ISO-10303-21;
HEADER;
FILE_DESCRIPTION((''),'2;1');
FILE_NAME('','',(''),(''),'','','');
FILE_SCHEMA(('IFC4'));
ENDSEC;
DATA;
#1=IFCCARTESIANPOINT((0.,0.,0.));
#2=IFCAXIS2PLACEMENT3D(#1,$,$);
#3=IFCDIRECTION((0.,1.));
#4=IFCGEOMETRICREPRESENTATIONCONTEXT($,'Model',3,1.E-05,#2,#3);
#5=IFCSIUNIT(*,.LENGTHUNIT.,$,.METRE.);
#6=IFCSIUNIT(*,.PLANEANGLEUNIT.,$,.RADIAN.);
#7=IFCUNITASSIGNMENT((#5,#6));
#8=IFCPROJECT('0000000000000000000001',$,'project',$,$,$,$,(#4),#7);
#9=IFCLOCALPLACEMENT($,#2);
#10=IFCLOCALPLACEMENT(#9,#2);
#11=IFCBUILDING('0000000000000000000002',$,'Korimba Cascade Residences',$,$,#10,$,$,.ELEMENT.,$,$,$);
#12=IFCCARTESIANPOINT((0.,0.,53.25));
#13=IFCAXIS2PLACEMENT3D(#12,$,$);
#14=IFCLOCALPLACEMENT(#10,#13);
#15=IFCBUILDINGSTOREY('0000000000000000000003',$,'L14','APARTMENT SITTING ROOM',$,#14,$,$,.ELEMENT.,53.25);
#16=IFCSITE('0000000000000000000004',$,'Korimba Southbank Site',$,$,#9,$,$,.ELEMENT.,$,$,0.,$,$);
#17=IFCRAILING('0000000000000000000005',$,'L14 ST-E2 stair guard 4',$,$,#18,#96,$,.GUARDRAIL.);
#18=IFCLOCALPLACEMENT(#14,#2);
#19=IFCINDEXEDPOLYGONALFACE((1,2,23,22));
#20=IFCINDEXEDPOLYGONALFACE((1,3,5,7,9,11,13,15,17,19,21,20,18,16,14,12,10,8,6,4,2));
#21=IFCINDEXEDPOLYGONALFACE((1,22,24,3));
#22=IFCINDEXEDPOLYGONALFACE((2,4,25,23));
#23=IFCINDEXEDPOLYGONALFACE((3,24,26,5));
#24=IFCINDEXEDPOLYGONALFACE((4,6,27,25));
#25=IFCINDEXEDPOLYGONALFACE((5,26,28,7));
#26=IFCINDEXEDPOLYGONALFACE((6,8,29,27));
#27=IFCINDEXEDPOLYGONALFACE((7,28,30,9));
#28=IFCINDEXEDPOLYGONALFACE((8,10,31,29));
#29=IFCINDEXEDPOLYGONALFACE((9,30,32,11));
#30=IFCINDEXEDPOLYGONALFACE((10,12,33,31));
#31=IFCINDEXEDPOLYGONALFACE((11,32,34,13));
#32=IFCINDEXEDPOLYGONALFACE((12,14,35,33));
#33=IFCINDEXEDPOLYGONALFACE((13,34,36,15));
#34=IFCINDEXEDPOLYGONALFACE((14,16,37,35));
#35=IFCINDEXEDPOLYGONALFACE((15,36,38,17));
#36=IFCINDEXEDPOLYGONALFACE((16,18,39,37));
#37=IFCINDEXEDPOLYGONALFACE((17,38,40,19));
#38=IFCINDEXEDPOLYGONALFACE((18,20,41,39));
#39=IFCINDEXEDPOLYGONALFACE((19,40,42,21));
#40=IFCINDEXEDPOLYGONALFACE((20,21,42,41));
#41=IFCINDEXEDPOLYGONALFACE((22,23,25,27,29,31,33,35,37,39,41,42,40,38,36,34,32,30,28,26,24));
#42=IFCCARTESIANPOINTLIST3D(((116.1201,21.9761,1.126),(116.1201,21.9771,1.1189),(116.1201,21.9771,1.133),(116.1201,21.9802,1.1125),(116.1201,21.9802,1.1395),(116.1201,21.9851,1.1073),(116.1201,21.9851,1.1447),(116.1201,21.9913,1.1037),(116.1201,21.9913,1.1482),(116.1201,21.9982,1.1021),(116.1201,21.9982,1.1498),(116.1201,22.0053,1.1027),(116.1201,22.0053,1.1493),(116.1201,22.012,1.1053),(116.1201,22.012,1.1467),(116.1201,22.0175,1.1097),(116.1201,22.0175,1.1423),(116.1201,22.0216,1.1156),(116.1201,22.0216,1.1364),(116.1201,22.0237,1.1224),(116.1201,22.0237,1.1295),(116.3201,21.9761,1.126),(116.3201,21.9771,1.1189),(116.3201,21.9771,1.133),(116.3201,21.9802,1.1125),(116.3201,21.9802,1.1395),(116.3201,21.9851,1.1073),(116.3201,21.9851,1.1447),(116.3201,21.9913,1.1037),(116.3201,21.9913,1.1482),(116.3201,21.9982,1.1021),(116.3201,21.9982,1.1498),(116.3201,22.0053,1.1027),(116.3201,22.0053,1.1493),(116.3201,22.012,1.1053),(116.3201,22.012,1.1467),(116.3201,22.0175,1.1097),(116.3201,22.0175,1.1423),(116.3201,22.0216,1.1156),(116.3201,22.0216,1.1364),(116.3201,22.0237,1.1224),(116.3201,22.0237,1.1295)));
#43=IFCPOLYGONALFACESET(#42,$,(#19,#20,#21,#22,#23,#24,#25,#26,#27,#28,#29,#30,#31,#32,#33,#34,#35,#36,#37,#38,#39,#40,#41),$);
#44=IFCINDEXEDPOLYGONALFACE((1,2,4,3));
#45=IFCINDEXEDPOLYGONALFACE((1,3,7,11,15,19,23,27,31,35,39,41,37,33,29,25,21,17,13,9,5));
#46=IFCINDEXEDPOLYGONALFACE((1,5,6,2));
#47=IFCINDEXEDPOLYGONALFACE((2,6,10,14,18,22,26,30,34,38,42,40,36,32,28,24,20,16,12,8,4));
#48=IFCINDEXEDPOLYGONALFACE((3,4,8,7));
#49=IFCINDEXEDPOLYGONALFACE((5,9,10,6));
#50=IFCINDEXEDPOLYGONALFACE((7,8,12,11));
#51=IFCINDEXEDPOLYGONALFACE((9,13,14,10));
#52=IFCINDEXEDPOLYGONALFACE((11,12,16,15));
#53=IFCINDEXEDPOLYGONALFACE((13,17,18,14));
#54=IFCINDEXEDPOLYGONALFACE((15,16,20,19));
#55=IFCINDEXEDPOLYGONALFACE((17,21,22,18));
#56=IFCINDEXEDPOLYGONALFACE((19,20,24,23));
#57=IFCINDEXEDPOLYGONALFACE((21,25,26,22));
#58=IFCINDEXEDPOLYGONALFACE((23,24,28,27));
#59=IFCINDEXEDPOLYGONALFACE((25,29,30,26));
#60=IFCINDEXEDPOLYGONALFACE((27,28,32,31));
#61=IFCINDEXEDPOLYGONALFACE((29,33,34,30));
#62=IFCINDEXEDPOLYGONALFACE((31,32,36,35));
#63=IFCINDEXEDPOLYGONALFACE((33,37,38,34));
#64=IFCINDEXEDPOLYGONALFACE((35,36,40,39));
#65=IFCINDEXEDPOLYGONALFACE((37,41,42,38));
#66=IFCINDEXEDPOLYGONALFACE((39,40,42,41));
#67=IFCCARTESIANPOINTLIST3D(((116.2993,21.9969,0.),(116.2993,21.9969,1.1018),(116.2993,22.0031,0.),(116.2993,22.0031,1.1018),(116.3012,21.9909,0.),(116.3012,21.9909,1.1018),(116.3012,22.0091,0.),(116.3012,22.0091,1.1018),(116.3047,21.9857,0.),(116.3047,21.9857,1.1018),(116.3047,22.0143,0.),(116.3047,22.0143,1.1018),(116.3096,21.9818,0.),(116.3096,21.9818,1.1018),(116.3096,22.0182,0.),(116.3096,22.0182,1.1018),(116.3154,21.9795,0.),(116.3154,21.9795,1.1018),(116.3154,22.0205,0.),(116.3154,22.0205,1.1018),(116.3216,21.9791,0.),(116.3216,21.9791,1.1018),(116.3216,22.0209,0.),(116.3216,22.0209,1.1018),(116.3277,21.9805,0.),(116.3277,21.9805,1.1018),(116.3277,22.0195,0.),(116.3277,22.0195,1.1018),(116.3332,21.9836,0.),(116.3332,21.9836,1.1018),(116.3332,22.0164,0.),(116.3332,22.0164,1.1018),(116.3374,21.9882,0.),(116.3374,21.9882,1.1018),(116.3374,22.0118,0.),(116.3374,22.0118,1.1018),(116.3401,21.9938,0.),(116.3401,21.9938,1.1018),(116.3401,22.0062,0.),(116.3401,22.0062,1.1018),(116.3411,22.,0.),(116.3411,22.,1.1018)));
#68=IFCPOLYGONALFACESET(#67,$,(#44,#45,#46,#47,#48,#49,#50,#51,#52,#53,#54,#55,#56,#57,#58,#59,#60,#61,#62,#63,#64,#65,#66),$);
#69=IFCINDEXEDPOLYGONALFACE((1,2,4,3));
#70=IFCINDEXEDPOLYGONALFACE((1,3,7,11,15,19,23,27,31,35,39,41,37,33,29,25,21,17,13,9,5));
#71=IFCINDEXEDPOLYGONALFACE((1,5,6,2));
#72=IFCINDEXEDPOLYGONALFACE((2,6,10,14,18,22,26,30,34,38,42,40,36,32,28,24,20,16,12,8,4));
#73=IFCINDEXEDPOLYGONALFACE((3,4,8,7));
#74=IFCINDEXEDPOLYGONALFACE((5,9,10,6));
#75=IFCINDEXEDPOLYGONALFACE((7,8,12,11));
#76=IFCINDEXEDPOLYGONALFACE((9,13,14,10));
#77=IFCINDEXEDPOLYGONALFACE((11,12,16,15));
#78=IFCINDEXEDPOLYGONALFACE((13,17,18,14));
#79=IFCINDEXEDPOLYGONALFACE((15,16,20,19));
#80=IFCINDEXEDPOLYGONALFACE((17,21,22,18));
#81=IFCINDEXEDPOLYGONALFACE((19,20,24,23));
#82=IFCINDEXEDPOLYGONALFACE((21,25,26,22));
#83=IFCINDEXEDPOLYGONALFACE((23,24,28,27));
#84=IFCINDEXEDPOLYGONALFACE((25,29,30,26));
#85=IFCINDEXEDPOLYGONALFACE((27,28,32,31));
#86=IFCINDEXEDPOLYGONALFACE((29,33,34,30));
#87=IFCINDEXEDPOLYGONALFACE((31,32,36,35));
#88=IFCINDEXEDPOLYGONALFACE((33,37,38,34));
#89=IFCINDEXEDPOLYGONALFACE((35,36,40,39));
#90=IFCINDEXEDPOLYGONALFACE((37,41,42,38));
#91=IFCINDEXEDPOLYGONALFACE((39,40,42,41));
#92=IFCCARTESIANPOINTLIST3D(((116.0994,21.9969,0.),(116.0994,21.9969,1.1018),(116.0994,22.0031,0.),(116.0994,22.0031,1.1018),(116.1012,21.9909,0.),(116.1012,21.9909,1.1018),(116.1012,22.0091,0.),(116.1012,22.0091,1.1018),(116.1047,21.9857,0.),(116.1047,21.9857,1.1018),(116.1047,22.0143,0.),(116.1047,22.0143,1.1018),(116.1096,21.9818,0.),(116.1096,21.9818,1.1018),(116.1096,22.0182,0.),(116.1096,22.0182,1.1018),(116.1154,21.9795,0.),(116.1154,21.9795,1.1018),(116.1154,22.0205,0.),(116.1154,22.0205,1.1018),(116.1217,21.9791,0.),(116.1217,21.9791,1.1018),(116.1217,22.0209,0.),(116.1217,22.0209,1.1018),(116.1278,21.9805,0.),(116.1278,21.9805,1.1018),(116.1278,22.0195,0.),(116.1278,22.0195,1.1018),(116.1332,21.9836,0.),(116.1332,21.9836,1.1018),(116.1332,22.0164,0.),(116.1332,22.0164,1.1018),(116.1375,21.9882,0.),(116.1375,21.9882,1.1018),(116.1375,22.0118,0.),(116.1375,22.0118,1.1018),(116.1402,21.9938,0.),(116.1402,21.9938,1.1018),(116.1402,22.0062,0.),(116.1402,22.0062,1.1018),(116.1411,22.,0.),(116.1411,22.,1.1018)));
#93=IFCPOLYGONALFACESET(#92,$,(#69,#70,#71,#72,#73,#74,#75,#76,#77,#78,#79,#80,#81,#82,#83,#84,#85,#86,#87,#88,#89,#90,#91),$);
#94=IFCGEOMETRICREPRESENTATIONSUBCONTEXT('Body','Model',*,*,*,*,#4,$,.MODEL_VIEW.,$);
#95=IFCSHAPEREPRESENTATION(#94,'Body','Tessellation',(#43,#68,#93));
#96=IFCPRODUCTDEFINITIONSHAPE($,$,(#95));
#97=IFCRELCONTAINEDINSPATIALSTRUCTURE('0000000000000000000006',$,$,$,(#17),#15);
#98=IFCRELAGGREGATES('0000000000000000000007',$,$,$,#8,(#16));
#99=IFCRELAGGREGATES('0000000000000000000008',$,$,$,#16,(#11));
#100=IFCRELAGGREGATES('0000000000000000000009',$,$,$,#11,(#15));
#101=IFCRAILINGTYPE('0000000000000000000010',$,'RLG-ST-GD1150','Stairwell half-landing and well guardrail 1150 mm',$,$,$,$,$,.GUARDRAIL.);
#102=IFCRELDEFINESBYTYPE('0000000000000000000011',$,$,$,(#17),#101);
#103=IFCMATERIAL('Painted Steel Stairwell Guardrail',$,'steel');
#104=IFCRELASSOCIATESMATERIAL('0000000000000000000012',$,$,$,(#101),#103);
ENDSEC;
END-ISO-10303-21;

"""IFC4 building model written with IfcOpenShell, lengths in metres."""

from ifc_helpers import new_model, si_unit, direction, frame, origin, origin_2d, place, context, subcontext, project, spatial, circle, extrude, material, type_object, element, save


model = new_model("IFC4")

# Units and contexts
model_context = context("Model", 3, precision=1e-05, world=origin(), true_north=direction((0.0, 1.0)))
body_context = subcontext(model_context, "Body", "Model", "MODEL_VIEW")
ifc_project = project(units=[si_unit("LENGTHUNIT", "METRE"), si_unit("PLANEANGLEUNIT", "RADIAN")], contexts=[model_context])

# Site, building, storey
site_placement = place(None, origin())
site = spatial("IfcSite", under=ifc_project, at=site_placement, Name="Korimba Southbank Site", CompositionType="ELEMENT", RefElevation=0.0)
building_placement = place(site_placement, origin())
building = spatial("IfcBuilding", under=site, at=building_placement, Name="Korimba Cascade Residences", CompositionType="ELEMENT")
storey_placement = place(building_placement, frame((0.0, 0.0, 53.25)))
storey = spatial("IfcBuildingStorey", under=building, at=storey_placement, Name="L14", Description="APARTMENT SITTING ROOM", CompositionType="ELEMENT", Elevation=53.25)

# Railing
ifc_material_1 = material(Name="Painted Steel Stairwell Guardrail", Category="steel")
railing_type_1 = type_object("IfcRailingType", Name="RLG-ST-GD1150", Description="Stairwell half-landing and well guardrail 1150 mm", PredefinedType="GUARDRAIL", material=ifc_material_1)
railing_1_placement = place(storey_placement, frame((116.3201, 22.0, 0.0)))
element("IfcRailing", 1, at=railing_1_placement, inside=storey, type_object=railing_type_1, Name="L14 ST-E2 stair guard 4", PredefinedType="GUARDRAIL", context=body_context, shape_type="SweptSolid", body=[
    extrude(circle(Radius=0.0239, at=origin_2d()), frame((0.0, 0.0, 1.126), z_axis=(-1.0, 0.0, 0.0), x_axis=(0.0, -1.0, 0.0)), (0.0, 0.0, 1.0), 0.2),
    extrude(circle(Radius=0.021, at=origin_2d()), origin(), (0.0, 0.0, 1.0), 1.1018),
    extrude(circle(Radius=0.021, at=origin_2d()), frame((-0.2, 0.0, 0.0)), (0.0, 0.0, 1.0), 1.1018),
])

save(model, "model.ifc")
